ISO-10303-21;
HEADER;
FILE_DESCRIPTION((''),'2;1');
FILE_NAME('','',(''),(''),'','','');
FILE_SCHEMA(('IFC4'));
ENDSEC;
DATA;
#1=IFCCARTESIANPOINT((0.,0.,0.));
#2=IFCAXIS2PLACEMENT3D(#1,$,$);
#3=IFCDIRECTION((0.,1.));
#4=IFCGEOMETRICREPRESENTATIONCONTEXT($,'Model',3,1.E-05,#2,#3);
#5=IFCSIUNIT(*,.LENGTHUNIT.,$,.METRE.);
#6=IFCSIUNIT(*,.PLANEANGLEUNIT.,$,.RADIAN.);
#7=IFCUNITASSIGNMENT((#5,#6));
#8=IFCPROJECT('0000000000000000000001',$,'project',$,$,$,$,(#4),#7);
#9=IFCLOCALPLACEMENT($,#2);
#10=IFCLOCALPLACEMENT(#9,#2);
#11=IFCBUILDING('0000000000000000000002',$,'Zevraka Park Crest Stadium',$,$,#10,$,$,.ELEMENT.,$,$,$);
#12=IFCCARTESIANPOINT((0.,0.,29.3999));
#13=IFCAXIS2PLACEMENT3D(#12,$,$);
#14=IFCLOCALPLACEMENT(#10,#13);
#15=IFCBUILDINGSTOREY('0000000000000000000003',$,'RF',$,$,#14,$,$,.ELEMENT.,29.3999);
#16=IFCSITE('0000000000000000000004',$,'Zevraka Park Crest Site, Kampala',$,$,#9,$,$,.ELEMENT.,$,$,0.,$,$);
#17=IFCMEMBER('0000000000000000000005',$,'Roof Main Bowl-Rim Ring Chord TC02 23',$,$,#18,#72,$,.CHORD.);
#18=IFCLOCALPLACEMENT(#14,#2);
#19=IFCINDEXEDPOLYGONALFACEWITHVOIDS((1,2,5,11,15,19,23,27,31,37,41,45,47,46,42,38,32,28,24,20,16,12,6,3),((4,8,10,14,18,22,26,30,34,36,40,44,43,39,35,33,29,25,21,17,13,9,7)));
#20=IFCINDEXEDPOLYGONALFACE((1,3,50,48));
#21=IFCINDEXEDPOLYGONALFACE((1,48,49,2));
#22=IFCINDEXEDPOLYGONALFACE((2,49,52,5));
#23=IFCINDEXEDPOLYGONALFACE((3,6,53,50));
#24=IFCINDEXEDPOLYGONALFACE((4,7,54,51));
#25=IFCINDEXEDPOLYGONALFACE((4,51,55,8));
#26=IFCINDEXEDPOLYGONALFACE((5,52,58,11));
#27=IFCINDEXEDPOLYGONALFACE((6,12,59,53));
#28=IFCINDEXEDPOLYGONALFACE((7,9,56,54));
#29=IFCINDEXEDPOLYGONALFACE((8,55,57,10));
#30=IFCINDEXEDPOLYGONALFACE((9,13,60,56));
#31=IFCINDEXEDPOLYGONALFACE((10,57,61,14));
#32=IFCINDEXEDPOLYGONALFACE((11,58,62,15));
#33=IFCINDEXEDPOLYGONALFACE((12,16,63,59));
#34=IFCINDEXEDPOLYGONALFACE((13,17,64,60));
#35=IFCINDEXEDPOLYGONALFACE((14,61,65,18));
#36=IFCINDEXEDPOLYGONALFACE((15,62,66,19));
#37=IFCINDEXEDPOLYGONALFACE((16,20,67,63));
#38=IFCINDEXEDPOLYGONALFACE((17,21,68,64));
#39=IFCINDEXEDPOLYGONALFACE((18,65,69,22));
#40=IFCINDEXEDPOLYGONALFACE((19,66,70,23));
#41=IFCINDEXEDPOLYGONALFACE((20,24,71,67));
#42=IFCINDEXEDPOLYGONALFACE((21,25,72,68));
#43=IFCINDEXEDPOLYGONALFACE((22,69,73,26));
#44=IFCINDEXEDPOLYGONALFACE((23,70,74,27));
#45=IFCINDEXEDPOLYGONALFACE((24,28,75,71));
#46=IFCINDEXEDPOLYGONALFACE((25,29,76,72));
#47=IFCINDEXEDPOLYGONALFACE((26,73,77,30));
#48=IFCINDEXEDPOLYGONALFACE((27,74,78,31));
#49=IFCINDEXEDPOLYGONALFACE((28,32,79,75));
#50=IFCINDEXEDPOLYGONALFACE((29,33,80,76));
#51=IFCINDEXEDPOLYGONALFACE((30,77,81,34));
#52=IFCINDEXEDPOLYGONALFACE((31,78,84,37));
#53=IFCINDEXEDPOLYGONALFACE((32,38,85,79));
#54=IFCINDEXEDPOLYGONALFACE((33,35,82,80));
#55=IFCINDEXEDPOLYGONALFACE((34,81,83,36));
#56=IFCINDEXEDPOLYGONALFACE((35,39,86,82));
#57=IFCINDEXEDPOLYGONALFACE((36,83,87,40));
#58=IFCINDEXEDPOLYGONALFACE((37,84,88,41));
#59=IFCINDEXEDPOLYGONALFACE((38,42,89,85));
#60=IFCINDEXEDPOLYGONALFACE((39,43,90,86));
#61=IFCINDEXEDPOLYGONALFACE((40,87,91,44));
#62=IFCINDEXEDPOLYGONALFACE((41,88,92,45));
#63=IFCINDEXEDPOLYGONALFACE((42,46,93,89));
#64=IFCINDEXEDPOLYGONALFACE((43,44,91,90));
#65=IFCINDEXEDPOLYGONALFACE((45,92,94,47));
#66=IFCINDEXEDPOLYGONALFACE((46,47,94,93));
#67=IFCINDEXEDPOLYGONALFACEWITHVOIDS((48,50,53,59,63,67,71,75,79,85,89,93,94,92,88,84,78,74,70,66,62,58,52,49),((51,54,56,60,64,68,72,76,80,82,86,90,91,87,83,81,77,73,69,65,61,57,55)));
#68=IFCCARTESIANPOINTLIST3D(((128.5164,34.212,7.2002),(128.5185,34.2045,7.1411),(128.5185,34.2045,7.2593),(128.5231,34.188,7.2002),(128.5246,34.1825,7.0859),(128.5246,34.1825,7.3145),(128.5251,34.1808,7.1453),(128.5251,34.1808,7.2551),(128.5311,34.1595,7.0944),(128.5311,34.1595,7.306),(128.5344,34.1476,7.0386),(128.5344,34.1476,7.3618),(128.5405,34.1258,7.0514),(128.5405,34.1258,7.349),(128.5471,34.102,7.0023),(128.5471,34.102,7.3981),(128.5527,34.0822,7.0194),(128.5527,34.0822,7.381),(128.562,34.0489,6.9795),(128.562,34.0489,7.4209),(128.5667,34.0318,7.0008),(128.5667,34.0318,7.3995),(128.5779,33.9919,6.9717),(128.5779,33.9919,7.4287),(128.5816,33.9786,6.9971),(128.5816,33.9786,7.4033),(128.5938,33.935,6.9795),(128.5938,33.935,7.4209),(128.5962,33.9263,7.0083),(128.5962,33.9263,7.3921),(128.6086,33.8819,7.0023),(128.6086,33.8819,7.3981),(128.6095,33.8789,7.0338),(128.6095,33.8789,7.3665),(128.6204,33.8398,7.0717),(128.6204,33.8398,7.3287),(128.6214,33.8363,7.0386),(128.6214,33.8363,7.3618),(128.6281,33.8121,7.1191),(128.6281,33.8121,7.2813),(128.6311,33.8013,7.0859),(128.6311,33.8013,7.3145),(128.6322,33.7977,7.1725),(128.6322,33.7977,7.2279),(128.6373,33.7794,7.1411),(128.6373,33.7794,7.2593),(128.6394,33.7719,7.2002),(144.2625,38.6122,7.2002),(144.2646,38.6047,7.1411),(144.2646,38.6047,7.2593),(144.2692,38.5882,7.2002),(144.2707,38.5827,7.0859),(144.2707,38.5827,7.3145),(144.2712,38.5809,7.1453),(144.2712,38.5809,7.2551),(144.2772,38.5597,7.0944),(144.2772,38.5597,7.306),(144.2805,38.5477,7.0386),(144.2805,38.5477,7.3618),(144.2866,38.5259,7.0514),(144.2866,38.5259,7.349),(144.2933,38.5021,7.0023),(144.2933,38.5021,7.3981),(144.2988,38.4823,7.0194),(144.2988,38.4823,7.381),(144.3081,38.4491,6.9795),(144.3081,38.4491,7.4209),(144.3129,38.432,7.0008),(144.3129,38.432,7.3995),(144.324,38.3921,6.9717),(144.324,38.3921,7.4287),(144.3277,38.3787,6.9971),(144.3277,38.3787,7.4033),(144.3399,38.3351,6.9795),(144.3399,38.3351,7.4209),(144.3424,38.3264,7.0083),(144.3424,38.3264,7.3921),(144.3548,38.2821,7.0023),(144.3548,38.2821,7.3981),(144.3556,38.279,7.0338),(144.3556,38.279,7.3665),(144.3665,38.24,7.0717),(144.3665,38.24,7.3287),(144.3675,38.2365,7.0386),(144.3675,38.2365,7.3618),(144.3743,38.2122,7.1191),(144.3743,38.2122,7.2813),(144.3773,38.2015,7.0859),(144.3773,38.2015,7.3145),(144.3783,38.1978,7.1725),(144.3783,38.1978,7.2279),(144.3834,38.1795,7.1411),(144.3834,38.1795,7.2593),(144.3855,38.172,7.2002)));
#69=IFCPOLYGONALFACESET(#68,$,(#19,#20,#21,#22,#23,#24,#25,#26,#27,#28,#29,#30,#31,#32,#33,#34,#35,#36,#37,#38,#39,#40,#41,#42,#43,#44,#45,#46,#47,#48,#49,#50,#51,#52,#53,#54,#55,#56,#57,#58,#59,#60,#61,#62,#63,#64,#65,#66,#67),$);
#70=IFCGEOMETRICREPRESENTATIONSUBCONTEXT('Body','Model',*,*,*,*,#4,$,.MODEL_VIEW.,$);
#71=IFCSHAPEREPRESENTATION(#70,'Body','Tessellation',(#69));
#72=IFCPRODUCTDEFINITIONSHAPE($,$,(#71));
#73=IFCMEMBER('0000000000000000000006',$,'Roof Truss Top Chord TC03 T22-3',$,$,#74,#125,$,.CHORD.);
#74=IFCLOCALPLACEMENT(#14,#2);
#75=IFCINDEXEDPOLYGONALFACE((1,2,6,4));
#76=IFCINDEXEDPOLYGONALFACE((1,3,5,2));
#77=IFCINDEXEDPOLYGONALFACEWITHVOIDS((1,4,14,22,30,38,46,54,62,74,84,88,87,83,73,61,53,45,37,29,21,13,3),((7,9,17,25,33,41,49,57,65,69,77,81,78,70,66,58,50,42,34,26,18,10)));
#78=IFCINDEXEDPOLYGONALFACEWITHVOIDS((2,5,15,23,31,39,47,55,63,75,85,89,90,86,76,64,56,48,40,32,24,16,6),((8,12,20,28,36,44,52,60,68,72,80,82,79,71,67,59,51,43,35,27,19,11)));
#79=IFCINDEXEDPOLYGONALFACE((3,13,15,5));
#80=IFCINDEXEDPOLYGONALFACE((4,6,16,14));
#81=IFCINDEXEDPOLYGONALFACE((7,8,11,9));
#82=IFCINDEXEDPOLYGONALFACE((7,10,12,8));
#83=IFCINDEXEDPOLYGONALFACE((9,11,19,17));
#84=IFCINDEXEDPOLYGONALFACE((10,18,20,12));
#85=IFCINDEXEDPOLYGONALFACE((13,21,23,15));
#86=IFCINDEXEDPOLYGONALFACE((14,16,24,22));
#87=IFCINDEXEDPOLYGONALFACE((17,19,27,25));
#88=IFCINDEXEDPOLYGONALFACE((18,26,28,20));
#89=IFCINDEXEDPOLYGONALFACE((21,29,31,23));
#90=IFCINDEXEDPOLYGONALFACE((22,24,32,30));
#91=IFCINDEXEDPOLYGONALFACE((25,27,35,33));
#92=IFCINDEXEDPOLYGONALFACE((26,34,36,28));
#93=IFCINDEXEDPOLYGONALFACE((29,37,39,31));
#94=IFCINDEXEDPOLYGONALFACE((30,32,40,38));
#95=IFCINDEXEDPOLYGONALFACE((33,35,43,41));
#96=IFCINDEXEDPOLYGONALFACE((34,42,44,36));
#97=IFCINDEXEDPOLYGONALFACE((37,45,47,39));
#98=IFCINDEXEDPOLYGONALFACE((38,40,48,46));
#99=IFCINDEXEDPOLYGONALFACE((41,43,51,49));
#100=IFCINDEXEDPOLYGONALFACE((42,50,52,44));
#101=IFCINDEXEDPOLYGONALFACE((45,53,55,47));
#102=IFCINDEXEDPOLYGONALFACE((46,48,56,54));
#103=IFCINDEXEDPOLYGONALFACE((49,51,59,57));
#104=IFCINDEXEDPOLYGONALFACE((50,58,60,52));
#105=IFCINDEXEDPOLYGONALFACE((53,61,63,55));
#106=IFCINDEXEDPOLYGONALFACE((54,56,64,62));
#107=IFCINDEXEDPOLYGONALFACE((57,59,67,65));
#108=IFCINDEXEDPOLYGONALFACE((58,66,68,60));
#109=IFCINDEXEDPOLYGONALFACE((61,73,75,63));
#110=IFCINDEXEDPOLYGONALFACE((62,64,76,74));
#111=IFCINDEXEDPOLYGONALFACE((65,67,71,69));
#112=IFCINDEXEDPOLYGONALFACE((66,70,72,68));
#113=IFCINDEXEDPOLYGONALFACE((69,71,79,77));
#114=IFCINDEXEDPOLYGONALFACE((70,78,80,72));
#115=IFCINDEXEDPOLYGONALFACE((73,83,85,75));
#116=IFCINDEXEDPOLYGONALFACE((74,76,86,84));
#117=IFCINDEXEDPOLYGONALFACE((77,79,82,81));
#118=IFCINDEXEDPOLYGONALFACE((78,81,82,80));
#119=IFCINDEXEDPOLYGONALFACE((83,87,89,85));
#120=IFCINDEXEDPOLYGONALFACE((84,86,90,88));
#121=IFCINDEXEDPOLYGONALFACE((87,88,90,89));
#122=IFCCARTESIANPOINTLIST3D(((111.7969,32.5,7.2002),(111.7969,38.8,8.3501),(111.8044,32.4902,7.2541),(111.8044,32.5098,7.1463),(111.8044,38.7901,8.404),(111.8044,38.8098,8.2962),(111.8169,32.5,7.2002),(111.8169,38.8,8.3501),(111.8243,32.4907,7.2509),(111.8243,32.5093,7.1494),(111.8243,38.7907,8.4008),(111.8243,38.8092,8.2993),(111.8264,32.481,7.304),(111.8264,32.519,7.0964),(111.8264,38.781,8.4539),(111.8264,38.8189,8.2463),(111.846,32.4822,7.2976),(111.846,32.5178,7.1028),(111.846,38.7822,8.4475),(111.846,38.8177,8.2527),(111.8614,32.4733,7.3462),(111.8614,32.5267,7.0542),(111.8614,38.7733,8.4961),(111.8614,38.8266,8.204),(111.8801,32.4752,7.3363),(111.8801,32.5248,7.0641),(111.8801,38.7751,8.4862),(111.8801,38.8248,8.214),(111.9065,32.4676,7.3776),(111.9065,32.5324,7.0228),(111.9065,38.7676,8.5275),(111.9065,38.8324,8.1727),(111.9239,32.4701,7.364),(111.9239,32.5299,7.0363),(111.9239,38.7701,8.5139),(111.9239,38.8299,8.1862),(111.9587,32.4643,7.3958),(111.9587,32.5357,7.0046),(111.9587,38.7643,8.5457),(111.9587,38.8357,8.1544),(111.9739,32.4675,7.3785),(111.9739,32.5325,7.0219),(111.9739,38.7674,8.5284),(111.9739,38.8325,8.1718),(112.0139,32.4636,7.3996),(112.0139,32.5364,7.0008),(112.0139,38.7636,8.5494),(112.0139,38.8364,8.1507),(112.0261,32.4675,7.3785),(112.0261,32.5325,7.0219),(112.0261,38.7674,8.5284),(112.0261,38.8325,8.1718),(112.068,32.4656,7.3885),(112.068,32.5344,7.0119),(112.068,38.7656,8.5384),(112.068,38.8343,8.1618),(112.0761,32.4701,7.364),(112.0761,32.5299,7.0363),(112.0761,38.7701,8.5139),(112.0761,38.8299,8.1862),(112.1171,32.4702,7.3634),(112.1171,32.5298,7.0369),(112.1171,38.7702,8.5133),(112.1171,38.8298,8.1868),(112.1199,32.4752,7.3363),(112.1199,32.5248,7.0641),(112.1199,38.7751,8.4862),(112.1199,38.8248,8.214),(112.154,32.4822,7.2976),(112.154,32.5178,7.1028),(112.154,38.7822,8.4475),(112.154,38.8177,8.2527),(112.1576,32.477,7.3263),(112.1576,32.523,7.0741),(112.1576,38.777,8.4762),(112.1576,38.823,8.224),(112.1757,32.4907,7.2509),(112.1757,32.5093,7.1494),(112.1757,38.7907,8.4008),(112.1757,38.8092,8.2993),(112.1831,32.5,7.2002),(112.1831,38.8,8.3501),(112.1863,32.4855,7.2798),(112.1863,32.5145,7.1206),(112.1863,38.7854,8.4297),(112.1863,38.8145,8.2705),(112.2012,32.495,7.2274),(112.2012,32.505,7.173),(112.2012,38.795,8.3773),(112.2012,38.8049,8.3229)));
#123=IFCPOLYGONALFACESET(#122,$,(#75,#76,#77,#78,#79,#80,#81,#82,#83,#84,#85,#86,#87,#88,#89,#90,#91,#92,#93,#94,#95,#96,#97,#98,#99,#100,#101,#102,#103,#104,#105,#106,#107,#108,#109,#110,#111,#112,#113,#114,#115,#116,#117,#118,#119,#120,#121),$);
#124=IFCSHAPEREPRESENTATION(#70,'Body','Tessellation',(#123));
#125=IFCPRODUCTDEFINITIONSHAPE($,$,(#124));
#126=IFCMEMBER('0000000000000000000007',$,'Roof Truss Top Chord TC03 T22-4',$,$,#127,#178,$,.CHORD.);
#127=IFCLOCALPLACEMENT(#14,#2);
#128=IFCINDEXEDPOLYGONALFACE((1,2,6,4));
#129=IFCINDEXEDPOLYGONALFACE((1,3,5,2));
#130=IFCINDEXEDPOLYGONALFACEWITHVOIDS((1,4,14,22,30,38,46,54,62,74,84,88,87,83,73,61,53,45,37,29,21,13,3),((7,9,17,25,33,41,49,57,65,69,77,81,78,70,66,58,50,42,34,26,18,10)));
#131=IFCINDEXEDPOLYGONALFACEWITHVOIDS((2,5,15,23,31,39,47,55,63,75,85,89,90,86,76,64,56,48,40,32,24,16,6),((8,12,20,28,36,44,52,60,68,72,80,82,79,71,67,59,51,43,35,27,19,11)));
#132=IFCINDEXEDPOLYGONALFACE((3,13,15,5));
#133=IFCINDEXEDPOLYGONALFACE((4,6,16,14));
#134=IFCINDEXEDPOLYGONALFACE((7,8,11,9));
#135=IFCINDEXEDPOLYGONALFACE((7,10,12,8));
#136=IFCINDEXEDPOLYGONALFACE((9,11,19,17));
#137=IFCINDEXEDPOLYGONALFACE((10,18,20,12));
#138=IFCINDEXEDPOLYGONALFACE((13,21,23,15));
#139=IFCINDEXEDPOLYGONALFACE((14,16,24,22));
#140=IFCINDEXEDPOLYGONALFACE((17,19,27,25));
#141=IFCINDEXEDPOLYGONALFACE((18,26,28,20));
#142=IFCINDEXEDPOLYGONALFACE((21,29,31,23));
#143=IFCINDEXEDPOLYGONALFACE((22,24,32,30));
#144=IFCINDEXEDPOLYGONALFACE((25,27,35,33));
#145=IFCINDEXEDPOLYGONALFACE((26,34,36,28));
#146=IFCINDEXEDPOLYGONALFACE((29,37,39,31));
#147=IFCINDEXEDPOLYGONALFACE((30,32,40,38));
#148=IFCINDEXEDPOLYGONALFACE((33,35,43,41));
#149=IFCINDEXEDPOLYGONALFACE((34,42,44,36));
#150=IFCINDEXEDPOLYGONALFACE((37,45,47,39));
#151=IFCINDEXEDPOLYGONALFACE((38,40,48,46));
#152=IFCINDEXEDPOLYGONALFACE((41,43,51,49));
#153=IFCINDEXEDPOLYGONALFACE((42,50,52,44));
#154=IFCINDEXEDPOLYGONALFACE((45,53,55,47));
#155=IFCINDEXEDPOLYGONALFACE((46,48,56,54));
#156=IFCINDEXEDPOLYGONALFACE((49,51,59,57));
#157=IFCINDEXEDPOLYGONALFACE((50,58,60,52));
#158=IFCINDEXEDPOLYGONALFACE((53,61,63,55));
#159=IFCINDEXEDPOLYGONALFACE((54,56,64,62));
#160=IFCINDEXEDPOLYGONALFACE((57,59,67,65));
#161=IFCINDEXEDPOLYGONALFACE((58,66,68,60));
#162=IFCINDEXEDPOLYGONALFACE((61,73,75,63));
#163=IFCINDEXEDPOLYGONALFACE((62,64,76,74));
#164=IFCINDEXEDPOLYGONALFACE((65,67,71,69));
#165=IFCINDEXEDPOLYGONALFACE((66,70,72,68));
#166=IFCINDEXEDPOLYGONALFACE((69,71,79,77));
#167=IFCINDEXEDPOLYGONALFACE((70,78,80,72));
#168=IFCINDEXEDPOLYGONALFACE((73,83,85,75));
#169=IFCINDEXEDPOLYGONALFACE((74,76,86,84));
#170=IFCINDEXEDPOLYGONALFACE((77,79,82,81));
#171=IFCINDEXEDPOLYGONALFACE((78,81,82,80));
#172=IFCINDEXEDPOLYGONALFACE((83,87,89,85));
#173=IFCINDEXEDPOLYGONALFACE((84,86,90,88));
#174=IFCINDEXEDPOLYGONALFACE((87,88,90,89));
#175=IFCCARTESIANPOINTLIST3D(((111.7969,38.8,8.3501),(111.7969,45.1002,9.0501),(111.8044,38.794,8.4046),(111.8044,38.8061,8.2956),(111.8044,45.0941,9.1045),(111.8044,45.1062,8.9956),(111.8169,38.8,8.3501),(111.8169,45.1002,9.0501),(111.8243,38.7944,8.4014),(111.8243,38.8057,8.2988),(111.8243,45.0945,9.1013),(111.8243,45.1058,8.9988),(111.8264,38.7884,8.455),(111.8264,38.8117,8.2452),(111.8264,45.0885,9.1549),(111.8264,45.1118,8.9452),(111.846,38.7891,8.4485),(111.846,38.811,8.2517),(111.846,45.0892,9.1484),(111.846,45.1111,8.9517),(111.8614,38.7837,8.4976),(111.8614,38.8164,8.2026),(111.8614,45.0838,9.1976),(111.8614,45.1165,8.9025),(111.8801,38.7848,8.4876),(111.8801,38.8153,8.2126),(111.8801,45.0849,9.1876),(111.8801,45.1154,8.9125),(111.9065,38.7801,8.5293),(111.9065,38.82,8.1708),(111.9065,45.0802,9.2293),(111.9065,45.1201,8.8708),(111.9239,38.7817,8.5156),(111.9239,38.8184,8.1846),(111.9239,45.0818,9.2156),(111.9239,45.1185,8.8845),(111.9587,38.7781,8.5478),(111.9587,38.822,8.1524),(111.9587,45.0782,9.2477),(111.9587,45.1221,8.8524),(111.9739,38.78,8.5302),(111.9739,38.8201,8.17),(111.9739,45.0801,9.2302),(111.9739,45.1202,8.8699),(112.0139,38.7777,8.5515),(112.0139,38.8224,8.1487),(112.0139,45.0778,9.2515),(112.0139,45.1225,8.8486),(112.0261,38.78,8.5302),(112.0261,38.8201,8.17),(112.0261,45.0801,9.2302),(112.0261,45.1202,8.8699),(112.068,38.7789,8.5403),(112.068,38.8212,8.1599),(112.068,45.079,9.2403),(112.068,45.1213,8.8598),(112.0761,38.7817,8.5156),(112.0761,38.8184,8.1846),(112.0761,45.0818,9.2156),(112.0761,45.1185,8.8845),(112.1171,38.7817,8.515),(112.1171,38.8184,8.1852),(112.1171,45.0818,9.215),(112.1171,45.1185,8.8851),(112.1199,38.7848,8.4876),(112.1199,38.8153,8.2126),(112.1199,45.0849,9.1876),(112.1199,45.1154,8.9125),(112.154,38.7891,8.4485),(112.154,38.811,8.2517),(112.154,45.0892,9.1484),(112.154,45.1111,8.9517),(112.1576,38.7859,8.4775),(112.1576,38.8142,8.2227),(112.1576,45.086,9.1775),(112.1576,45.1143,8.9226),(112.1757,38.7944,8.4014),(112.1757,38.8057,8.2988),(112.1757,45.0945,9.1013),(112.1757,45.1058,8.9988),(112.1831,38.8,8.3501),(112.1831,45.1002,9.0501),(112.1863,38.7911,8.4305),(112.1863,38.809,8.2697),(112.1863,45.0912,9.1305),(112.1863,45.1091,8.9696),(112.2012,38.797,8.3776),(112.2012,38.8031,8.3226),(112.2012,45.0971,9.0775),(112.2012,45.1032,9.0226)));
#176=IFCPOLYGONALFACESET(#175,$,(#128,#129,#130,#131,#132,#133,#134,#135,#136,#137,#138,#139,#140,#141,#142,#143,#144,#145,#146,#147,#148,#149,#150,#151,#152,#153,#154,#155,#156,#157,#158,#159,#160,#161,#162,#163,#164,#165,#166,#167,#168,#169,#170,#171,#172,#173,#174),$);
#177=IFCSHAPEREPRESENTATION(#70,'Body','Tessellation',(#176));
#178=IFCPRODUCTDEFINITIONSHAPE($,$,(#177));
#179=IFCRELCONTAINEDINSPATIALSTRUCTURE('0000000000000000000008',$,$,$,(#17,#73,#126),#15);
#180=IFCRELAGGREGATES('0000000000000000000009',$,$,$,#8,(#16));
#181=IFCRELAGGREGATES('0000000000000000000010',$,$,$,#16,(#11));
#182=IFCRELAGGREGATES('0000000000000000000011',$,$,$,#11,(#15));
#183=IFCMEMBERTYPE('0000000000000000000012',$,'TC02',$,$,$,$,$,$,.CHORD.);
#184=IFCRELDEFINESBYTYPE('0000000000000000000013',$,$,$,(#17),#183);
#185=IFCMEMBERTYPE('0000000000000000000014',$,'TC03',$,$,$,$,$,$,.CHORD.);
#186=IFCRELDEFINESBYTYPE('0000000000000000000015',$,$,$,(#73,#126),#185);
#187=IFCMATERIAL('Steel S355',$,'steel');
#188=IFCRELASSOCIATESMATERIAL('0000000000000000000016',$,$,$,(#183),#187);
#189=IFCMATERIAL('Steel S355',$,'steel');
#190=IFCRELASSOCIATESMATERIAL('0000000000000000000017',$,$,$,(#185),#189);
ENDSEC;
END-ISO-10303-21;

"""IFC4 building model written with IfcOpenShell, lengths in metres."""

from ifc_helpers import new_model, si_unit, direction, frame, origin, origin_2d, place, context, subcontext, project, spatial, hollow_circle, extrude, material, material_profile, profile_set, type_object, element, save


model = new_model("IFC4")

# Units and contexts
model_context = context("Model", 3, precision=1e-05, world=origin(), true_north=direction((0.0, 1.0)))
body_context = subcontext(model_context, "Body", "Model", "MODEL_VIEW")
ifc_project = project(units=[si_unit("LENGTHUNIT", "METRE"), si_unit("PLANEANGLEUNIT", "RADIAN")], contexts=[model_context])

# Site, building, storey
site_placement = place(None, origin())
site = spatial("IfcSite", under=ifc_project, at=site_placement, Name="Zevraka Park Crest Site, Kampala", CompositionType="ELEMENT", RefElevation=0.0)
building_placement = place(site_placement, origin())
building = spatial("IfcBuilding", under=site, at=building_placement, Name="Zevraka Park Crest Stadium", CompositionType="ELEMENT")
storey_placement = place(building_placement, frame((0.0, 0.0, 29.3999)))
storey = spatial("IfcBuildingStorey", under=building, at=storey_placement, Name="RF", CompositionType="ELEMENT", Elevation=29.3999)

# Members
ifc_material_1 = material(Name="Steel S355", Category="steel")
ifc_material_profile_1 = material_profile(ifc_material_1, hollow_circle(Radius=0.2285, WallThickness=0.0249, at=origin_2d()), Name="CHS 457.0x25")
ifc_profile_set_1 = profile_set([ifc_material_profile_1], Name="Steel S355")
member_type_1 = type_object("IfcMemberType", Name="TC02", PredefinedType="CHORD", material=ifc_profile_set_1)
member_1_placement = place(storey_placement, frame((128.5779, 33.9919, 7.2002), z_axis=(0.963103, 0.269133, 0.0), x_axis=(-0.269133, 0.963103, 0.0)))
element("IfcMember", 1, at=member_1_placement, inside=storey, type_object=member_type_1, Name="Roof Main Bowl-Rim Ring Chord TC02 23", PredefinedType="CHORD", context=body_context, shape_type="SweptSolid", body=[
    extrude(hollow_circle(Radius=0.2285, WallThickness=0.0249, at=origin_2d()), origin(), (0.0, 0.0, 1.0), 16.3494),
])
ifc_material_2 = material(Name="Steel S355", Category="steel")
ifc_material_profile_2 = material_profile(ifc_material_2, hollow_circle(Radius=0.2031, WallThickness=0.02, at=origin_2d()), Name="CHS 406.4x20")
ifc_profile_set_2 = profile_set([ifc_material_profile_2], Name="Steel S355")
member_type_2 = type_object("IfcMemberType", Name="TC03", PredefinedType="CHORD", material=ifc_profile_set_2)
member_2_placement = place(storey_placement, frame((112.0, 32.5, 7.2002), z_axis=(0.0, 0.983748, 0.179556), x_axis=(-1.0, 0.0, 0.0)))
element("IfcMember", 2, at=member_2_placement, inside=storey, type_object=member_type_2, Name="Roof Truss Top Chord TC03 T22-3", PredefinedType="CHORD", context=body_context, shape_type="SweptSolid", body=[
    extrude(hollow_circle(Radius=0.2031, WallThickness=0.02, at=origin_2d()), origin(), (0.0, 0.0, 1.0), 6.4041),
])
member_3_placement = place(storey_placement, frame((112.0, 38.8, 8.3501), z_axis=(0.0, 0.993885, 0.110423), x_axis=(-1.0, 0.0, 0.0)))
element("IfcMember", 3, at=member_3_placement, inside=storey, type_object=member_type_2, Name="Roof Truss Top Chord TC03 T22-4", PredefinedType="CHORD", context=body_context, shape_type="SweptSolid", body=[
    extrude(hollow_circle(Radius=0.2031, WallThickness=0.02, at=origin_2d()), origin(), (0.0, 0.0, 1.0), 6.3389),
])

save(model, "model.ifc")
